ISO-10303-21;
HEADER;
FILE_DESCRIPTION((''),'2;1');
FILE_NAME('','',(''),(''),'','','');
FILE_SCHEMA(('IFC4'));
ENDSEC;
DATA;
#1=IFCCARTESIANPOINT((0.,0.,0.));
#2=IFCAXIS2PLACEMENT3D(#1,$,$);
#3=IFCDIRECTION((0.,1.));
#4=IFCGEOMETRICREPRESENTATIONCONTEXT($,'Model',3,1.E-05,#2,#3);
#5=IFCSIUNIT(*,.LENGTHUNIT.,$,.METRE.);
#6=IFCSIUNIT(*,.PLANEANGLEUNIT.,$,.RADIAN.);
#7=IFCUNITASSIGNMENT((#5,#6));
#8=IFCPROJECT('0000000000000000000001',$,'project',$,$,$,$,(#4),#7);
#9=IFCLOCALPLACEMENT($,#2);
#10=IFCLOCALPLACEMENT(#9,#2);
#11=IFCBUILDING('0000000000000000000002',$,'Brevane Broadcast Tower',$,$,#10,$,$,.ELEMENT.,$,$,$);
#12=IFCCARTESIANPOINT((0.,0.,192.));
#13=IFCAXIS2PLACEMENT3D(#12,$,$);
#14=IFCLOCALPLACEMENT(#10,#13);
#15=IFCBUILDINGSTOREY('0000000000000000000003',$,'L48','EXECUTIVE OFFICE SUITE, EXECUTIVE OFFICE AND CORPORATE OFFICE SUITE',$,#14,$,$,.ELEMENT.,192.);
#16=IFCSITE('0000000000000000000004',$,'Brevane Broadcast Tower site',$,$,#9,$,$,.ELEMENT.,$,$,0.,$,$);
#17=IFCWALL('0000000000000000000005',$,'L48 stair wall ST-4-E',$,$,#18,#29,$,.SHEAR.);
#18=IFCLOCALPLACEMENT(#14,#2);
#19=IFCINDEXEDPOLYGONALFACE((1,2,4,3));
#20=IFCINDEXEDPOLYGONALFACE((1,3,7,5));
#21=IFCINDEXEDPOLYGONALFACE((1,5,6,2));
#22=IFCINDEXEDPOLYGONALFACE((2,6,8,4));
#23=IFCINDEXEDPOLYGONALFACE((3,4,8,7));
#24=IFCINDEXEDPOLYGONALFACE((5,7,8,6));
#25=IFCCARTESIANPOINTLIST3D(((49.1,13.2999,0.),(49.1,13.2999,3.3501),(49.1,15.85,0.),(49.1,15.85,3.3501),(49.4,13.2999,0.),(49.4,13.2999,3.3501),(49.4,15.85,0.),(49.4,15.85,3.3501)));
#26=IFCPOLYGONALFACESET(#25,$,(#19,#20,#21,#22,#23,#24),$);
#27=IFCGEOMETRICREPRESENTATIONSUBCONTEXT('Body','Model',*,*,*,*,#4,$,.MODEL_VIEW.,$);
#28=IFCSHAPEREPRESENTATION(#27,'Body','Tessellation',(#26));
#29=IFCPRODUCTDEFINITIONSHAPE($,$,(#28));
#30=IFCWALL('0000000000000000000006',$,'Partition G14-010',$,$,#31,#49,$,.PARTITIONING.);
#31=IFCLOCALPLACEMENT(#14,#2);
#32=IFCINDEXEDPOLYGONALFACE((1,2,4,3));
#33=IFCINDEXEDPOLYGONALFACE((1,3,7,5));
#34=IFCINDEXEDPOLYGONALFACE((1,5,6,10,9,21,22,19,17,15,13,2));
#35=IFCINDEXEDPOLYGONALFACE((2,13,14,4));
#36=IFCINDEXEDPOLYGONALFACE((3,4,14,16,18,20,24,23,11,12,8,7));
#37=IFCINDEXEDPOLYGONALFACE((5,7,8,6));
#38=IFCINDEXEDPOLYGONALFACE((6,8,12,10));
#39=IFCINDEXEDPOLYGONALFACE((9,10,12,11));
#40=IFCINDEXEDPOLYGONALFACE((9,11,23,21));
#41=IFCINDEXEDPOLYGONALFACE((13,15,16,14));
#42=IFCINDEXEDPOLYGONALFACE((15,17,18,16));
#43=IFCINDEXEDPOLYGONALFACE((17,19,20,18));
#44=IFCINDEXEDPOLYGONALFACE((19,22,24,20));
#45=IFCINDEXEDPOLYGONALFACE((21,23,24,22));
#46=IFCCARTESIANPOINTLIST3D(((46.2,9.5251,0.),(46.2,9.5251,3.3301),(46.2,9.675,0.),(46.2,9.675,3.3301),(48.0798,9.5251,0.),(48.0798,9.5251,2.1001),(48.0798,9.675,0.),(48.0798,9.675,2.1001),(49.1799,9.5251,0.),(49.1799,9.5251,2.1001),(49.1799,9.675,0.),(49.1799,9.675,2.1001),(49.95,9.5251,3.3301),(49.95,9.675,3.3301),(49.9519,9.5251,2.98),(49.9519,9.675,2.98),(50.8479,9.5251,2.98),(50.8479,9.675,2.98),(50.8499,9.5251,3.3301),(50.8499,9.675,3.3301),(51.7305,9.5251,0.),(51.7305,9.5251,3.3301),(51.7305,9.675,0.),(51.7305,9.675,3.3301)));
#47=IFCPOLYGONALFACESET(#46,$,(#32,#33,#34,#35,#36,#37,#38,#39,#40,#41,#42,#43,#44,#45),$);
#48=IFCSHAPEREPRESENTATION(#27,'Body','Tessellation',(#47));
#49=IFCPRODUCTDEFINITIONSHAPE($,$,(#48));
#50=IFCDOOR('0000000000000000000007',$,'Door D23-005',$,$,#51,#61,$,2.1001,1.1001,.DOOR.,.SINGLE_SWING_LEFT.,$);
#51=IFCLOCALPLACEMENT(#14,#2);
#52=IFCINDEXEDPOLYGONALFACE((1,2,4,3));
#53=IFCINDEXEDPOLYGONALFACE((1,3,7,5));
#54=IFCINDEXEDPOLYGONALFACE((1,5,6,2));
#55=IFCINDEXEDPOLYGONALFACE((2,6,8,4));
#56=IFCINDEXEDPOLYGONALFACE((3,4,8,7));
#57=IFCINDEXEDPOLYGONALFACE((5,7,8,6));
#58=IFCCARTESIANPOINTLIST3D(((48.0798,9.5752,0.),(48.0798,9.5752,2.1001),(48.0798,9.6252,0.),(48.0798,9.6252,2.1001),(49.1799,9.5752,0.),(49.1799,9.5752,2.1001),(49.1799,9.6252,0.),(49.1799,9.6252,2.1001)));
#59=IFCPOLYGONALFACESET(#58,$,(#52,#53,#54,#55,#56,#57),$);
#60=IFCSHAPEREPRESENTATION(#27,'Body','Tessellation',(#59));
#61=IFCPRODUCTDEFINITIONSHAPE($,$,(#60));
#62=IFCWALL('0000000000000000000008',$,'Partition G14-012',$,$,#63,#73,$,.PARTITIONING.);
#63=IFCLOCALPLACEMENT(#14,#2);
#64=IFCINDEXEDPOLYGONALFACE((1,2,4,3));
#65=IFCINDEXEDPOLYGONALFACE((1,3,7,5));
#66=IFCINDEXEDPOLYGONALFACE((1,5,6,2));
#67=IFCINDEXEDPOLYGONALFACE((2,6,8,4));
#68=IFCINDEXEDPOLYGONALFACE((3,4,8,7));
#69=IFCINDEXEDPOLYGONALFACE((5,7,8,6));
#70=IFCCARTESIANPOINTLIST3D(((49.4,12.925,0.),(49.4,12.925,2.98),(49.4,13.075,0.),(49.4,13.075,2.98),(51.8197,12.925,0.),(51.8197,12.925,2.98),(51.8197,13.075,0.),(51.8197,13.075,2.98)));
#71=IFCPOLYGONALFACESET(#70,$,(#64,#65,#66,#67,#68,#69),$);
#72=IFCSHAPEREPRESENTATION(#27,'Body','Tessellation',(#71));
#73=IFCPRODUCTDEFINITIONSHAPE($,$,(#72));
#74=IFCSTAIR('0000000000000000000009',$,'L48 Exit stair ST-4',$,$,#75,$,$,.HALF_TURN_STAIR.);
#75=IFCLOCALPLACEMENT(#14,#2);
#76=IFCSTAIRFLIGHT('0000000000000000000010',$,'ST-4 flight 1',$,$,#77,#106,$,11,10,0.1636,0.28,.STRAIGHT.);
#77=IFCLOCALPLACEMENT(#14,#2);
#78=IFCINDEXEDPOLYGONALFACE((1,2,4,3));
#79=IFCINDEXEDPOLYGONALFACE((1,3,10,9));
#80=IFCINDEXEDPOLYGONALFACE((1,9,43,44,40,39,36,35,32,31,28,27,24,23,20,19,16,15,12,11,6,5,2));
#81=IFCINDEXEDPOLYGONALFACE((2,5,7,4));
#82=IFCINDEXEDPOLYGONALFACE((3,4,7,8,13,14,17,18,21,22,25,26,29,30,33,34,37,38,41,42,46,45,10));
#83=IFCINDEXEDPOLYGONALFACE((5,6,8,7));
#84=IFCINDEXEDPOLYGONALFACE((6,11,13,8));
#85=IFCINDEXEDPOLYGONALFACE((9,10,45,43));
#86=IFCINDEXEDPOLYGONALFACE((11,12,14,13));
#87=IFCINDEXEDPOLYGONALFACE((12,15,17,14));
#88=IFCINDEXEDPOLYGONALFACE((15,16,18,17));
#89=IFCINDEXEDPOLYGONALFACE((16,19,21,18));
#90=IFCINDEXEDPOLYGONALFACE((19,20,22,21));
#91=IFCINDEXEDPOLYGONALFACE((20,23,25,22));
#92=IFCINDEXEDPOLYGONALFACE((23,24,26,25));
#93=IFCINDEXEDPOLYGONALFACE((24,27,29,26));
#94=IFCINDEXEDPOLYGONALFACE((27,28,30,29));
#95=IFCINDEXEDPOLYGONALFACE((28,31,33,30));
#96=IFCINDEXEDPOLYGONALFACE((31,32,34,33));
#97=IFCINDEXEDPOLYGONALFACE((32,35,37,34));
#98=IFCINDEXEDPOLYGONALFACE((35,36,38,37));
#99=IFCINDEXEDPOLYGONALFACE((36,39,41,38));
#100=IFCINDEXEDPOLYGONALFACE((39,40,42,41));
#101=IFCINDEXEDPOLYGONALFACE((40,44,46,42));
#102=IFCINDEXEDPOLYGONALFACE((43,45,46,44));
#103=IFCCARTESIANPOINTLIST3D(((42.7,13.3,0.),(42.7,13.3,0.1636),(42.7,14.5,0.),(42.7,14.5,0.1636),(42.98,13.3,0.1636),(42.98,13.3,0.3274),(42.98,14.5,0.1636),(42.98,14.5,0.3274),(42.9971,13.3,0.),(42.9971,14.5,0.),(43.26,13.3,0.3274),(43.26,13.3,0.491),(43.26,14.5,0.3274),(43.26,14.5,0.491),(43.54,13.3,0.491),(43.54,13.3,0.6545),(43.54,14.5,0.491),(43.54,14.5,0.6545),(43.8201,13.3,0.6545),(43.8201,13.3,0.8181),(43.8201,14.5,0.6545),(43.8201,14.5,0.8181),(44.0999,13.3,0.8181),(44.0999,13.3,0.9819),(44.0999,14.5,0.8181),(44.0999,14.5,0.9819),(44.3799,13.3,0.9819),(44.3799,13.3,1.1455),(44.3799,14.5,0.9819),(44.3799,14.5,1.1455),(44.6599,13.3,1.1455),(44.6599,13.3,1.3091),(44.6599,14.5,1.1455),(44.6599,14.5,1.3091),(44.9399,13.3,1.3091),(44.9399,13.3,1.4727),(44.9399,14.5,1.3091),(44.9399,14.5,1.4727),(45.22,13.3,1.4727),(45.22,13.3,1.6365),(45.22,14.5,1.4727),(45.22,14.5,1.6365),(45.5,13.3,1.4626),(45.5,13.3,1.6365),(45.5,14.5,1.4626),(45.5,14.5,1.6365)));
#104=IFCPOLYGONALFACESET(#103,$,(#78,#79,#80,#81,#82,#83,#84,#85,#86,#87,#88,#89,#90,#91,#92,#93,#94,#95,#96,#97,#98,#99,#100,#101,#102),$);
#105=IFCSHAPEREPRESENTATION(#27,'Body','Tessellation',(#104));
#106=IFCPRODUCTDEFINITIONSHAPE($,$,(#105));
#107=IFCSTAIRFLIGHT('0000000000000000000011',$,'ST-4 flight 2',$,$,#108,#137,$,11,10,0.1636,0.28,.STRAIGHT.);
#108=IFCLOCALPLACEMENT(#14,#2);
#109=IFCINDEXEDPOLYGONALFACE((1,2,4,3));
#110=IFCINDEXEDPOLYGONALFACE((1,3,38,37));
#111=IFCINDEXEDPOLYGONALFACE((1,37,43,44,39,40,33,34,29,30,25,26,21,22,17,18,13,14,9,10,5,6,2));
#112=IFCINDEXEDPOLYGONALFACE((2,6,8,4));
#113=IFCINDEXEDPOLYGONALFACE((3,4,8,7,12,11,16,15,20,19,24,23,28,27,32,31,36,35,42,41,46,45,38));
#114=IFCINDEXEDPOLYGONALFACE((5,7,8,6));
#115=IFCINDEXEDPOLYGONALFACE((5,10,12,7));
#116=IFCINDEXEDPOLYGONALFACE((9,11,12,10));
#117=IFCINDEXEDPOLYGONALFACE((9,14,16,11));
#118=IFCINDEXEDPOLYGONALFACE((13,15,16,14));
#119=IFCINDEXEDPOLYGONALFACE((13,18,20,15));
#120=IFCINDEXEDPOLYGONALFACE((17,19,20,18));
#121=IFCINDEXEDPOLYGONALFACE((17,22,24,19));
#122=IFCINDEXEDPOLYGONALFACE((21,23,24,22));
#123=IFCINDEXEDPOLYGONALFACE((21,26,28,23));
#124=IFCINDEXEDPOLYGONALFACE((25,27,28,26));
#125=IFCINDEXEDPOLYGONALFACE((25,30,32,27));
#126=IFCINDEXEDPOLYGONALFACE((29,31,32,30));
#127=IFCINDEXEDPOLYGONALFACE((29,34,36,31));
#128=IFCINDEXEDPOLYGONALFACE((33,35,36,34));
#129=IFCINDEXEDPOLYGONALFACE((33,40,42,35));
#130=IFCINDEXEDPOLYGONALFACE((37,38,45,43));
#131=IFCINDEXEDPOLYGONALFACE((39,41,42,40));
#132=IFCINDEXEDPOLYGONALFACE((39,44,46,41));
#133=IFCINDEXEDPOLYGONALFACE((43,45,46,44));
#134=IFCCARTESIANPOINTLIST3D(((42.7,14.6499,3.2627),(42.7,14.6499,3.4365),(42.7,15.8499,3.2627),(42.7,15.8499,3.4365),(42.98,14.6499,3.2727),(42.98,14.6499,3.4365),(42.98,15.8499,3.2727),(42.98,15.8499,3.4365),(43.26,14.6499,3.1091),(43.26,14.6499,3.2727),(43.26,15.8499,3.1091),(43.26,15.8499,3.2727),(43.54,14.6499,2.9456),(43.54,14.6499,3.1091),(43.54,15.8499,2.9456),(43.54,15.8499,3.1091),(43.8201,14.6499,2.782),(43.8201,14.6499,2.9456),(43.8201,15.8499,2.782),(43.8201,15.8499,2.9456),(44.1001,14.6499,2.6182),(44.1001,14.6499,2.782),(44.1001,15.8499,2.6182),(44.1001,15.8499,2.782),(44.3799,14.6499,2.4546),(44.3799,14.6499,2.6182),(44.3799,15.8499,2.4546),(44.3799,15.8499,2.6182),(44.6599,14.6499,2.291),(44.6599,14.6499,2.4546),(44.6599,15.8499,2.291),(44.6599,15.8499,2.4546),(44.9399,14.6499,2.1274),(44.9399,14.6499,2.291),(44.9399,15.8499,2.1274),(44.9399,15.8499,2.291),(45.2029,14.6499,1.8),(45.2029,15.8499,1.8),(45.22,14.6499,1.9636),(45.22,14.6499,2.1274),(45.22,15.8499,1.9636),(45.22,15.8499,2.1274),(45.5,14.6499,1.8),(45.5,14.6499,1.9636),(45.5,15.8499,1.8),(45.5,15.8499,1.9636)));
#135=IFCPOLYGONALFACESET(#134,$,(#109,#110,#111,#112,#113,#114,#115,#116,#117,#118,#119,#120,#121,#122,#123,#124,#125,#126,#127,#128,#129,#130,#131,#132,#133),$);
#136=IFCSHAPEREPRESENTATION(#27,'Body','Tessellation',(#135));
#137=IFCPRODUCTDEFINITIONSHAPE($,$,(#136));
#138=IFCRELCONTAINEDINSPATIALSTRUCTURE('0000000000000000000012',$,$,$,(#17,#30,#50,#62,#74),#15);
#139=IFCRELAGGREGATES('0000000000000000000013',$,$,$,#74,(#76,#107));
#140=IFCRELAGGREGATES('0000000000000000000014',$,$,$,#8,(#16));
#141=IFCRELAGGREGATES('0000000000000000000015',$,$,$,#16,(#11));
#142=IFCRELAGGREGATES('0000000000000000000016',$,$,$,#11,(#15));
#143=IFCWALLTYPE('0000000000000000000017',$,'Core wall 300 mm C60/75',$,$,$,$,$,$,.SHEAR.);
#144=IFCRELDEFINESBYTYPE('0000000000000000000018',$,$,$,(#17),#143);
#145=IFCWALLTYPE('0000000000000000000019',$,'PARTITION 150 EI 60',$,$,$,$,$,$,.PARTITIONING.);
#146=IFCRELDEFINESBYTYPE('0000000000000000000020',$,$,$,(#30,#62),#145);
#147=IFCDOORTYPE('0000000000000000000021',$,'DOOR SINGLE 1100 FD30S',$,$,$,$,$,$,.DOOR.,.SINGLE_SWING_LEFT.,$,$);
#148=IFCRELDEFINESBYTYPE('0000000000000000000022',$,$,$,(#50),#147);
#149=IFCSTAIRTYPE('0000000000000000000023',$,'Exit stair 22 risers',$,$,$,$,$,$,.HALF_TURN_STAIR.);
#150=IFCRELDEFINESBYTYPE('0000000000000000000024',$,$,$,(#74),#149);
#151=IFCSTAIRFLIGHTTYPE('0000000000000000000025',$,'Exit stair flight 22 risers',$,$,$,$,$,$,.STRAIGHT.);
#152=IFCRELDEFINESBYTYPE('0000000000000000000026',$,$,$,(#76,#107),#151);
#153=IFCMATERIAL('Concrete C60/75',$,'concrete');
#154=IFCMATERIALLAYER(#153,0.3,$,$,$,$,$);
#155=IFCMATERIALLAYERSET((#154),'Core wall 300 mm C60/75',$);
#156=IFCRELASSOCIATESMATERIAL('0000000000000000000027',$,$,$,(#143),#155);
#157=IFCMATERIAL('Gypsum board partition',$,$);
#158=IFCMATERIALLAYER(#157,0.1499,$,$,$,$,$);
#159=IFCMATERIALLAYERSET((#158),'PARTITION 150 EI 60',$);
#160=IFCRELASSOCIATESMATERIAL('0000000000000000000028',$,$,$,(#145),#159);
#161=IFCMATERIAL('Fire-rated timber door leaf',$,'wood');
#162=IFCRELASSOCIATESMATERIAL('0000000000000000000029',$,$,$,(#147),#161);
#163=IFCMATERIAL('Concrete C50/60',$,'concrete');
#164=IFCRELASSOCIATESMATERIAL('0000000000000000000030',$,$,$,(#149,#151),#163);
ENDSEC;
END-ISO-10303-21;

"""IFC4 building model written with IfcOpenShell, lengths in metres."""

from ifc_helpers import new_model, si_unit, direction, frame, frame_2d, origin, place, context, subcontext, project, spatial, polyline, rectangle, outline, extrude, material, layer, layer_set, type_object, element, fill, aggregate, save


model = new_model("IFC4")

# Units and contexts
model_context = context("Model", 3, precision=1e-05, world=origin(), true_north=direction((0.0, 1.0)))
body_context = subcontext(model_context, "Body", "Model", "MODEL_VIEW")
ifc_project = project(units=[si_unit("LENGTHUNIT", "METRE"), si_unit("PLANEANGLEUNIT", "RADIAN")], contexts=[model_context])

# Site, building, storey
site_placement = place(None, origin())
site = spatial("IfcSite", under=ifc_project, at=site_placement, Name="Brevane Broadcast Tower site", CompositionType="ELEMENT", RefElevation=0.0)
building_placement = place(site_placement, origin())
building = spatial("IfcBuilding", under=site, at=building_placement, Name="Brevane Broadcast Tower", CompositionType="ELEMENT")
storey_placement = place(building_placement, frame((0.0, 0.0, 192.0)))
storey = spatial("IfcBuildingStorey", under=building, at=storey_placement, Name="L48", Description="EXECUTIVE OFFICE SUITE, EXECUTIVE OFFICE AND CORPORATE OFFICE SUITE", CompositionType="ELEMENT", Elevation=192.0)

# Shared definitions
ifc_material_1 = material(Name="Concrete C60/75", Category="concrete")

# Shared definitions
ifc_layer_1 = layer(ifc_material_1, 0.3)
ifc_layer_set_1 = layer_set([ifc_layer_1], Name="Core wall 300 mm C60/75")
wall_type_1 = type_object("IfcWallType", Name="Core wall 300 mm C60/75", PredefinedType="SHEAR", material=ifc_layer_set_1)

# Wall
for number, where, z_axis, x_axis, name in (
    (1, (49.25, 13.3, 0.0), (0.0, 0.0, 1.0), (0.0, 1.0, 0.0), "L48 stair wall ST-4-E"),
):
    element("IfcWall", number, at=place(storey_placement, frame(where, z_axis=z_axis, x_axis=x_axis)), inside=storey, type_object=wall_type_1, Name=name, PredefinedType="SHEAR", context=body_context, shape_type="SweptSolid", body=[
        extrude(rectangle(XDim=2.55, YDim=0.3, at=frame_2d((1.2749, 0.0))), origin(), (0.0, 0.0, 1.0), 3.3501),
    ])

# Wall, opening, door
ifc_material_2 = material(Name="Gypsum board partition")
ifc_layer_2 = layer(ifc_material_2, 0.1499)
ifc_layer_set_2 = layer_set([ifc_layer_2], Name="PARTITION 150 EI 60")
wall_type_2 = type_object("IfcWallType", Name="PARTITION 150 EI 60", PredefinedType="PARTITIONING", material=ifc_layer_set_2)
wall_1_placement = place(storey_placement, frame((51.7305, 9.6001, 0.0), z_axis=(0.0, 0.0, 1.0), x_axis=(-1.0, 0.0, 0.0)))
wall_1 = element("IfcWall", 2, at=wall_1_placement, inside=storey, type_object=wall_type_2, Name="Partition G14-010", PredefinedType="PARTITIONING", context=body_context, shape_type="SweptSolid", body=[
    extrude(outline(polyline([(0.0, 0.0), (5.5305, 0.0), (5.5305, 3.3301), (1.7805, 3.3301), (1.7786, 2.98), (0.8826, 2.98), (0.8806, 3.3301), (0.2505, 3.3301), (0.0, 3.3301), (0.0, 0.0)])), frame((0.0, 0.075, 0.0), z_axis=(0.0, -1.0, 0.0), x_axis=(1.0, 0.0, 0.0)), (0.0, 0.0, 1.0), 0.1499),
])
opening_1_placement = place(wall_1_placement, frame((2.5505, 0.0, 0.0)))
opening_1 = element("IfcOpeningElement", 3, at=opening_1_placement, cuts=wall_1, PredefinedType="OPENING", context=body_context, shape_type="SweptSolid", body=[
    extrude(rectangle(XDim=1.1001, YDim=2.1001, at=frame_2d((0.55, 1.05))), frame((0.0, 0.085, 0.0), z_axis=(0.0, -1.0, 0.0), x_axis=(1.0, 0.0, 0.0)), (0.0, 0.0, 1.0), 0.1699),
])
ifc_material_3 = material(Name="Fire-rated timber door leaf", Category="wood")
door_type_1 = type_object("IfcDoorType", Name="DOOR SINGLE 1100 FD30S", OperationType="SINGLE_SWING_LEFT", PredefinedType="DOOR", material=ifc_material_3)
door_1_placement = place(opening_1_placement, origin())
door_1 = element("IfcDoor", 4, at=door_1_placement, inside=storey, type_object=door_type_1, Name="Door D23-005", OperationType="SINGLE_SWING_LEFT", OverallHeight=2.1001, OverallWidth=1.1001, PredefinedType="DOOR", context=body_context, shape_type="SweptSolid", body=[
    extrude(rectangle(XDim=1.1001, YDim=2.1001, at=frame_2d((0.55, 1.05))), frame((0.0, 0.0249, 0.0), z_axis=(0.0, -1.0, 0.0), x_axis=(1.0, 0.0, 0.0)), (0.0, 0.0, 1.0), 0.05),
])
fill(opening_1, door_1)

# Wall
wall_2_placement = place(storey_placement, frame((49.3999, 13.0, 0.0), z_axis=(0.0, 0.0, 1.0), x_axis=(1.0, 0.0, 0.0)))
element("IfcWall", 5, at=wall_2_placement, inside=storey, type_object=wall_type_2, Name="Partition G14-012", PredefinedType="PARTITIONING", context=body_context, shape_type="SweptSolid", body=[
    extrude(rectangle(XDim=2.4197, YDim=0.1499, at=frame_2d((1.21, 0.0))), origin(), (0.0, 0.0, 1.0), 2.98),
])

# Stair, stair flights
ifc_material_4 = material(Name="Concrete C50/60", Category="concrete")
stair_type = type_object("IfcStairType", Name="Exit stair 22 risers", PredefinedType="HALF_TURN_STAIR", material=ifc_material_4)
stair_placement = place(storey_placement, origin())
stair = element("IfcStair", 6, at=stair_placement, inside=storey, type_object=stair_type, Name="L48 Exit stair ST-4", PredefinedType="HALF_TURN_STAIR")
stair_flight_type = type_object("IfcStairFlightType", Name="Exit stair flight 22 risers", PredefinedType="STRAIGHT", material=ifc_material_4)
stair_flight_1_placement = place(storey_placement, frame((42.7, 13.8999, 0.0), z_axis=(0.0, 0.0, 1.0), x_axis=(1.0, 0.0, 0.0)))
stair_flight_1 = element("IfcStairFlight", 7, at=stair_flight_1_placement, type_object=stair_flight_type, Name="ST-4 flight 1", NumberOfRisers=11, NumberOfTreads=10, PredefinedType="STRAIGHT", RiserHeight=0.1636, TreadLength=0.28, context=body_context, shape_type="SweptSolid", body=[
    extrude(outline(polyline([(0.0, 0.0), (0.0, 0.1636), (0.28, 0.1636), (0.28, 0.3274), (0.5601, 0.3274), (0.5601, 0.491), (0.8401, 0.491), (0.8401, 0.6545), (1.1201, 0.6545), (1.1201, 0.8181), (1.3999, 0.8181), (1.3999, 0.9819), (1.6799, 0.9819), (1.6799, 1.1455), (1.96, 1.1455), (1.96, 1.3091), (2.24, 1.3091), (2.24, 1.4727), (2.52, 1.4727), (2.52, 1.6365), (2.8, 1.6365), (2.8, 1.8), (2.8, 1.4626), (0.2971, 0.0), (0.0, 0.0)])), frame((0.0, 0.6001, 0.0), z_axis=(0.0, -1.0, 0.0), x_axis=(1.0, 0.0, 0.0)), (0.0, 0.0, 1.0), 1.2),
])
stair_flight_2_placement = place(storey_placement, frame((45.5, 15.25, 1.8), z_axis=(0.0, 0.0, 1.0), x_axis=(-1.0, 0.0, 0.0)))
stair_flight_2 = element("IfcStairFlight", 8, at=stair_flight_2_placement, type_object=stair_flight_type, Name="ST-4 flight 2", NumberOfRisers=11, NumberOfTreads=10, PredefinedType="STRAIGHT", RiserHeight=0.1636, TreadLength=0.28, context=body_context, shape_type="SweptSolid", body=[
    extrude(outline(polyline([(0.0, 0.0), (0.0, 0.1636), (0.28, 0.1636), (0.28, 0.3274), (0.5601, 0.3274), (0.5601, 0.491), (0.8401, 0.491), (0.8401, 0.6545), (1.1201, 0.6545), (1.1201, 0.8181), (1.3999, 0.8181), (1.3999, 0.9819), (1.6799, 0.9819), (1.6799, 1.1455), (1.96, 1.1455), (1.96, 1.3091), (2.24, 1.3091), (2.24, 1.4727), (2.52, 1.4727), (2.52, 1.6365), (2.8, 1.6365), (2.8, 1.8), (2.8, 1.4626), (0.2971, 0.0), (0.0, 0.0)])), frame((0.0, 0.6001, 0.0), z_axis=(0.0, -1.0, 0.0), x_axis=(1.0, 0.0, 0.0)), (0.0, 0.0, 1.0), 1.2),
])
aggregate(stair, [stair_flight_1, stair_flight_2])

save(model, "model.ifc")
